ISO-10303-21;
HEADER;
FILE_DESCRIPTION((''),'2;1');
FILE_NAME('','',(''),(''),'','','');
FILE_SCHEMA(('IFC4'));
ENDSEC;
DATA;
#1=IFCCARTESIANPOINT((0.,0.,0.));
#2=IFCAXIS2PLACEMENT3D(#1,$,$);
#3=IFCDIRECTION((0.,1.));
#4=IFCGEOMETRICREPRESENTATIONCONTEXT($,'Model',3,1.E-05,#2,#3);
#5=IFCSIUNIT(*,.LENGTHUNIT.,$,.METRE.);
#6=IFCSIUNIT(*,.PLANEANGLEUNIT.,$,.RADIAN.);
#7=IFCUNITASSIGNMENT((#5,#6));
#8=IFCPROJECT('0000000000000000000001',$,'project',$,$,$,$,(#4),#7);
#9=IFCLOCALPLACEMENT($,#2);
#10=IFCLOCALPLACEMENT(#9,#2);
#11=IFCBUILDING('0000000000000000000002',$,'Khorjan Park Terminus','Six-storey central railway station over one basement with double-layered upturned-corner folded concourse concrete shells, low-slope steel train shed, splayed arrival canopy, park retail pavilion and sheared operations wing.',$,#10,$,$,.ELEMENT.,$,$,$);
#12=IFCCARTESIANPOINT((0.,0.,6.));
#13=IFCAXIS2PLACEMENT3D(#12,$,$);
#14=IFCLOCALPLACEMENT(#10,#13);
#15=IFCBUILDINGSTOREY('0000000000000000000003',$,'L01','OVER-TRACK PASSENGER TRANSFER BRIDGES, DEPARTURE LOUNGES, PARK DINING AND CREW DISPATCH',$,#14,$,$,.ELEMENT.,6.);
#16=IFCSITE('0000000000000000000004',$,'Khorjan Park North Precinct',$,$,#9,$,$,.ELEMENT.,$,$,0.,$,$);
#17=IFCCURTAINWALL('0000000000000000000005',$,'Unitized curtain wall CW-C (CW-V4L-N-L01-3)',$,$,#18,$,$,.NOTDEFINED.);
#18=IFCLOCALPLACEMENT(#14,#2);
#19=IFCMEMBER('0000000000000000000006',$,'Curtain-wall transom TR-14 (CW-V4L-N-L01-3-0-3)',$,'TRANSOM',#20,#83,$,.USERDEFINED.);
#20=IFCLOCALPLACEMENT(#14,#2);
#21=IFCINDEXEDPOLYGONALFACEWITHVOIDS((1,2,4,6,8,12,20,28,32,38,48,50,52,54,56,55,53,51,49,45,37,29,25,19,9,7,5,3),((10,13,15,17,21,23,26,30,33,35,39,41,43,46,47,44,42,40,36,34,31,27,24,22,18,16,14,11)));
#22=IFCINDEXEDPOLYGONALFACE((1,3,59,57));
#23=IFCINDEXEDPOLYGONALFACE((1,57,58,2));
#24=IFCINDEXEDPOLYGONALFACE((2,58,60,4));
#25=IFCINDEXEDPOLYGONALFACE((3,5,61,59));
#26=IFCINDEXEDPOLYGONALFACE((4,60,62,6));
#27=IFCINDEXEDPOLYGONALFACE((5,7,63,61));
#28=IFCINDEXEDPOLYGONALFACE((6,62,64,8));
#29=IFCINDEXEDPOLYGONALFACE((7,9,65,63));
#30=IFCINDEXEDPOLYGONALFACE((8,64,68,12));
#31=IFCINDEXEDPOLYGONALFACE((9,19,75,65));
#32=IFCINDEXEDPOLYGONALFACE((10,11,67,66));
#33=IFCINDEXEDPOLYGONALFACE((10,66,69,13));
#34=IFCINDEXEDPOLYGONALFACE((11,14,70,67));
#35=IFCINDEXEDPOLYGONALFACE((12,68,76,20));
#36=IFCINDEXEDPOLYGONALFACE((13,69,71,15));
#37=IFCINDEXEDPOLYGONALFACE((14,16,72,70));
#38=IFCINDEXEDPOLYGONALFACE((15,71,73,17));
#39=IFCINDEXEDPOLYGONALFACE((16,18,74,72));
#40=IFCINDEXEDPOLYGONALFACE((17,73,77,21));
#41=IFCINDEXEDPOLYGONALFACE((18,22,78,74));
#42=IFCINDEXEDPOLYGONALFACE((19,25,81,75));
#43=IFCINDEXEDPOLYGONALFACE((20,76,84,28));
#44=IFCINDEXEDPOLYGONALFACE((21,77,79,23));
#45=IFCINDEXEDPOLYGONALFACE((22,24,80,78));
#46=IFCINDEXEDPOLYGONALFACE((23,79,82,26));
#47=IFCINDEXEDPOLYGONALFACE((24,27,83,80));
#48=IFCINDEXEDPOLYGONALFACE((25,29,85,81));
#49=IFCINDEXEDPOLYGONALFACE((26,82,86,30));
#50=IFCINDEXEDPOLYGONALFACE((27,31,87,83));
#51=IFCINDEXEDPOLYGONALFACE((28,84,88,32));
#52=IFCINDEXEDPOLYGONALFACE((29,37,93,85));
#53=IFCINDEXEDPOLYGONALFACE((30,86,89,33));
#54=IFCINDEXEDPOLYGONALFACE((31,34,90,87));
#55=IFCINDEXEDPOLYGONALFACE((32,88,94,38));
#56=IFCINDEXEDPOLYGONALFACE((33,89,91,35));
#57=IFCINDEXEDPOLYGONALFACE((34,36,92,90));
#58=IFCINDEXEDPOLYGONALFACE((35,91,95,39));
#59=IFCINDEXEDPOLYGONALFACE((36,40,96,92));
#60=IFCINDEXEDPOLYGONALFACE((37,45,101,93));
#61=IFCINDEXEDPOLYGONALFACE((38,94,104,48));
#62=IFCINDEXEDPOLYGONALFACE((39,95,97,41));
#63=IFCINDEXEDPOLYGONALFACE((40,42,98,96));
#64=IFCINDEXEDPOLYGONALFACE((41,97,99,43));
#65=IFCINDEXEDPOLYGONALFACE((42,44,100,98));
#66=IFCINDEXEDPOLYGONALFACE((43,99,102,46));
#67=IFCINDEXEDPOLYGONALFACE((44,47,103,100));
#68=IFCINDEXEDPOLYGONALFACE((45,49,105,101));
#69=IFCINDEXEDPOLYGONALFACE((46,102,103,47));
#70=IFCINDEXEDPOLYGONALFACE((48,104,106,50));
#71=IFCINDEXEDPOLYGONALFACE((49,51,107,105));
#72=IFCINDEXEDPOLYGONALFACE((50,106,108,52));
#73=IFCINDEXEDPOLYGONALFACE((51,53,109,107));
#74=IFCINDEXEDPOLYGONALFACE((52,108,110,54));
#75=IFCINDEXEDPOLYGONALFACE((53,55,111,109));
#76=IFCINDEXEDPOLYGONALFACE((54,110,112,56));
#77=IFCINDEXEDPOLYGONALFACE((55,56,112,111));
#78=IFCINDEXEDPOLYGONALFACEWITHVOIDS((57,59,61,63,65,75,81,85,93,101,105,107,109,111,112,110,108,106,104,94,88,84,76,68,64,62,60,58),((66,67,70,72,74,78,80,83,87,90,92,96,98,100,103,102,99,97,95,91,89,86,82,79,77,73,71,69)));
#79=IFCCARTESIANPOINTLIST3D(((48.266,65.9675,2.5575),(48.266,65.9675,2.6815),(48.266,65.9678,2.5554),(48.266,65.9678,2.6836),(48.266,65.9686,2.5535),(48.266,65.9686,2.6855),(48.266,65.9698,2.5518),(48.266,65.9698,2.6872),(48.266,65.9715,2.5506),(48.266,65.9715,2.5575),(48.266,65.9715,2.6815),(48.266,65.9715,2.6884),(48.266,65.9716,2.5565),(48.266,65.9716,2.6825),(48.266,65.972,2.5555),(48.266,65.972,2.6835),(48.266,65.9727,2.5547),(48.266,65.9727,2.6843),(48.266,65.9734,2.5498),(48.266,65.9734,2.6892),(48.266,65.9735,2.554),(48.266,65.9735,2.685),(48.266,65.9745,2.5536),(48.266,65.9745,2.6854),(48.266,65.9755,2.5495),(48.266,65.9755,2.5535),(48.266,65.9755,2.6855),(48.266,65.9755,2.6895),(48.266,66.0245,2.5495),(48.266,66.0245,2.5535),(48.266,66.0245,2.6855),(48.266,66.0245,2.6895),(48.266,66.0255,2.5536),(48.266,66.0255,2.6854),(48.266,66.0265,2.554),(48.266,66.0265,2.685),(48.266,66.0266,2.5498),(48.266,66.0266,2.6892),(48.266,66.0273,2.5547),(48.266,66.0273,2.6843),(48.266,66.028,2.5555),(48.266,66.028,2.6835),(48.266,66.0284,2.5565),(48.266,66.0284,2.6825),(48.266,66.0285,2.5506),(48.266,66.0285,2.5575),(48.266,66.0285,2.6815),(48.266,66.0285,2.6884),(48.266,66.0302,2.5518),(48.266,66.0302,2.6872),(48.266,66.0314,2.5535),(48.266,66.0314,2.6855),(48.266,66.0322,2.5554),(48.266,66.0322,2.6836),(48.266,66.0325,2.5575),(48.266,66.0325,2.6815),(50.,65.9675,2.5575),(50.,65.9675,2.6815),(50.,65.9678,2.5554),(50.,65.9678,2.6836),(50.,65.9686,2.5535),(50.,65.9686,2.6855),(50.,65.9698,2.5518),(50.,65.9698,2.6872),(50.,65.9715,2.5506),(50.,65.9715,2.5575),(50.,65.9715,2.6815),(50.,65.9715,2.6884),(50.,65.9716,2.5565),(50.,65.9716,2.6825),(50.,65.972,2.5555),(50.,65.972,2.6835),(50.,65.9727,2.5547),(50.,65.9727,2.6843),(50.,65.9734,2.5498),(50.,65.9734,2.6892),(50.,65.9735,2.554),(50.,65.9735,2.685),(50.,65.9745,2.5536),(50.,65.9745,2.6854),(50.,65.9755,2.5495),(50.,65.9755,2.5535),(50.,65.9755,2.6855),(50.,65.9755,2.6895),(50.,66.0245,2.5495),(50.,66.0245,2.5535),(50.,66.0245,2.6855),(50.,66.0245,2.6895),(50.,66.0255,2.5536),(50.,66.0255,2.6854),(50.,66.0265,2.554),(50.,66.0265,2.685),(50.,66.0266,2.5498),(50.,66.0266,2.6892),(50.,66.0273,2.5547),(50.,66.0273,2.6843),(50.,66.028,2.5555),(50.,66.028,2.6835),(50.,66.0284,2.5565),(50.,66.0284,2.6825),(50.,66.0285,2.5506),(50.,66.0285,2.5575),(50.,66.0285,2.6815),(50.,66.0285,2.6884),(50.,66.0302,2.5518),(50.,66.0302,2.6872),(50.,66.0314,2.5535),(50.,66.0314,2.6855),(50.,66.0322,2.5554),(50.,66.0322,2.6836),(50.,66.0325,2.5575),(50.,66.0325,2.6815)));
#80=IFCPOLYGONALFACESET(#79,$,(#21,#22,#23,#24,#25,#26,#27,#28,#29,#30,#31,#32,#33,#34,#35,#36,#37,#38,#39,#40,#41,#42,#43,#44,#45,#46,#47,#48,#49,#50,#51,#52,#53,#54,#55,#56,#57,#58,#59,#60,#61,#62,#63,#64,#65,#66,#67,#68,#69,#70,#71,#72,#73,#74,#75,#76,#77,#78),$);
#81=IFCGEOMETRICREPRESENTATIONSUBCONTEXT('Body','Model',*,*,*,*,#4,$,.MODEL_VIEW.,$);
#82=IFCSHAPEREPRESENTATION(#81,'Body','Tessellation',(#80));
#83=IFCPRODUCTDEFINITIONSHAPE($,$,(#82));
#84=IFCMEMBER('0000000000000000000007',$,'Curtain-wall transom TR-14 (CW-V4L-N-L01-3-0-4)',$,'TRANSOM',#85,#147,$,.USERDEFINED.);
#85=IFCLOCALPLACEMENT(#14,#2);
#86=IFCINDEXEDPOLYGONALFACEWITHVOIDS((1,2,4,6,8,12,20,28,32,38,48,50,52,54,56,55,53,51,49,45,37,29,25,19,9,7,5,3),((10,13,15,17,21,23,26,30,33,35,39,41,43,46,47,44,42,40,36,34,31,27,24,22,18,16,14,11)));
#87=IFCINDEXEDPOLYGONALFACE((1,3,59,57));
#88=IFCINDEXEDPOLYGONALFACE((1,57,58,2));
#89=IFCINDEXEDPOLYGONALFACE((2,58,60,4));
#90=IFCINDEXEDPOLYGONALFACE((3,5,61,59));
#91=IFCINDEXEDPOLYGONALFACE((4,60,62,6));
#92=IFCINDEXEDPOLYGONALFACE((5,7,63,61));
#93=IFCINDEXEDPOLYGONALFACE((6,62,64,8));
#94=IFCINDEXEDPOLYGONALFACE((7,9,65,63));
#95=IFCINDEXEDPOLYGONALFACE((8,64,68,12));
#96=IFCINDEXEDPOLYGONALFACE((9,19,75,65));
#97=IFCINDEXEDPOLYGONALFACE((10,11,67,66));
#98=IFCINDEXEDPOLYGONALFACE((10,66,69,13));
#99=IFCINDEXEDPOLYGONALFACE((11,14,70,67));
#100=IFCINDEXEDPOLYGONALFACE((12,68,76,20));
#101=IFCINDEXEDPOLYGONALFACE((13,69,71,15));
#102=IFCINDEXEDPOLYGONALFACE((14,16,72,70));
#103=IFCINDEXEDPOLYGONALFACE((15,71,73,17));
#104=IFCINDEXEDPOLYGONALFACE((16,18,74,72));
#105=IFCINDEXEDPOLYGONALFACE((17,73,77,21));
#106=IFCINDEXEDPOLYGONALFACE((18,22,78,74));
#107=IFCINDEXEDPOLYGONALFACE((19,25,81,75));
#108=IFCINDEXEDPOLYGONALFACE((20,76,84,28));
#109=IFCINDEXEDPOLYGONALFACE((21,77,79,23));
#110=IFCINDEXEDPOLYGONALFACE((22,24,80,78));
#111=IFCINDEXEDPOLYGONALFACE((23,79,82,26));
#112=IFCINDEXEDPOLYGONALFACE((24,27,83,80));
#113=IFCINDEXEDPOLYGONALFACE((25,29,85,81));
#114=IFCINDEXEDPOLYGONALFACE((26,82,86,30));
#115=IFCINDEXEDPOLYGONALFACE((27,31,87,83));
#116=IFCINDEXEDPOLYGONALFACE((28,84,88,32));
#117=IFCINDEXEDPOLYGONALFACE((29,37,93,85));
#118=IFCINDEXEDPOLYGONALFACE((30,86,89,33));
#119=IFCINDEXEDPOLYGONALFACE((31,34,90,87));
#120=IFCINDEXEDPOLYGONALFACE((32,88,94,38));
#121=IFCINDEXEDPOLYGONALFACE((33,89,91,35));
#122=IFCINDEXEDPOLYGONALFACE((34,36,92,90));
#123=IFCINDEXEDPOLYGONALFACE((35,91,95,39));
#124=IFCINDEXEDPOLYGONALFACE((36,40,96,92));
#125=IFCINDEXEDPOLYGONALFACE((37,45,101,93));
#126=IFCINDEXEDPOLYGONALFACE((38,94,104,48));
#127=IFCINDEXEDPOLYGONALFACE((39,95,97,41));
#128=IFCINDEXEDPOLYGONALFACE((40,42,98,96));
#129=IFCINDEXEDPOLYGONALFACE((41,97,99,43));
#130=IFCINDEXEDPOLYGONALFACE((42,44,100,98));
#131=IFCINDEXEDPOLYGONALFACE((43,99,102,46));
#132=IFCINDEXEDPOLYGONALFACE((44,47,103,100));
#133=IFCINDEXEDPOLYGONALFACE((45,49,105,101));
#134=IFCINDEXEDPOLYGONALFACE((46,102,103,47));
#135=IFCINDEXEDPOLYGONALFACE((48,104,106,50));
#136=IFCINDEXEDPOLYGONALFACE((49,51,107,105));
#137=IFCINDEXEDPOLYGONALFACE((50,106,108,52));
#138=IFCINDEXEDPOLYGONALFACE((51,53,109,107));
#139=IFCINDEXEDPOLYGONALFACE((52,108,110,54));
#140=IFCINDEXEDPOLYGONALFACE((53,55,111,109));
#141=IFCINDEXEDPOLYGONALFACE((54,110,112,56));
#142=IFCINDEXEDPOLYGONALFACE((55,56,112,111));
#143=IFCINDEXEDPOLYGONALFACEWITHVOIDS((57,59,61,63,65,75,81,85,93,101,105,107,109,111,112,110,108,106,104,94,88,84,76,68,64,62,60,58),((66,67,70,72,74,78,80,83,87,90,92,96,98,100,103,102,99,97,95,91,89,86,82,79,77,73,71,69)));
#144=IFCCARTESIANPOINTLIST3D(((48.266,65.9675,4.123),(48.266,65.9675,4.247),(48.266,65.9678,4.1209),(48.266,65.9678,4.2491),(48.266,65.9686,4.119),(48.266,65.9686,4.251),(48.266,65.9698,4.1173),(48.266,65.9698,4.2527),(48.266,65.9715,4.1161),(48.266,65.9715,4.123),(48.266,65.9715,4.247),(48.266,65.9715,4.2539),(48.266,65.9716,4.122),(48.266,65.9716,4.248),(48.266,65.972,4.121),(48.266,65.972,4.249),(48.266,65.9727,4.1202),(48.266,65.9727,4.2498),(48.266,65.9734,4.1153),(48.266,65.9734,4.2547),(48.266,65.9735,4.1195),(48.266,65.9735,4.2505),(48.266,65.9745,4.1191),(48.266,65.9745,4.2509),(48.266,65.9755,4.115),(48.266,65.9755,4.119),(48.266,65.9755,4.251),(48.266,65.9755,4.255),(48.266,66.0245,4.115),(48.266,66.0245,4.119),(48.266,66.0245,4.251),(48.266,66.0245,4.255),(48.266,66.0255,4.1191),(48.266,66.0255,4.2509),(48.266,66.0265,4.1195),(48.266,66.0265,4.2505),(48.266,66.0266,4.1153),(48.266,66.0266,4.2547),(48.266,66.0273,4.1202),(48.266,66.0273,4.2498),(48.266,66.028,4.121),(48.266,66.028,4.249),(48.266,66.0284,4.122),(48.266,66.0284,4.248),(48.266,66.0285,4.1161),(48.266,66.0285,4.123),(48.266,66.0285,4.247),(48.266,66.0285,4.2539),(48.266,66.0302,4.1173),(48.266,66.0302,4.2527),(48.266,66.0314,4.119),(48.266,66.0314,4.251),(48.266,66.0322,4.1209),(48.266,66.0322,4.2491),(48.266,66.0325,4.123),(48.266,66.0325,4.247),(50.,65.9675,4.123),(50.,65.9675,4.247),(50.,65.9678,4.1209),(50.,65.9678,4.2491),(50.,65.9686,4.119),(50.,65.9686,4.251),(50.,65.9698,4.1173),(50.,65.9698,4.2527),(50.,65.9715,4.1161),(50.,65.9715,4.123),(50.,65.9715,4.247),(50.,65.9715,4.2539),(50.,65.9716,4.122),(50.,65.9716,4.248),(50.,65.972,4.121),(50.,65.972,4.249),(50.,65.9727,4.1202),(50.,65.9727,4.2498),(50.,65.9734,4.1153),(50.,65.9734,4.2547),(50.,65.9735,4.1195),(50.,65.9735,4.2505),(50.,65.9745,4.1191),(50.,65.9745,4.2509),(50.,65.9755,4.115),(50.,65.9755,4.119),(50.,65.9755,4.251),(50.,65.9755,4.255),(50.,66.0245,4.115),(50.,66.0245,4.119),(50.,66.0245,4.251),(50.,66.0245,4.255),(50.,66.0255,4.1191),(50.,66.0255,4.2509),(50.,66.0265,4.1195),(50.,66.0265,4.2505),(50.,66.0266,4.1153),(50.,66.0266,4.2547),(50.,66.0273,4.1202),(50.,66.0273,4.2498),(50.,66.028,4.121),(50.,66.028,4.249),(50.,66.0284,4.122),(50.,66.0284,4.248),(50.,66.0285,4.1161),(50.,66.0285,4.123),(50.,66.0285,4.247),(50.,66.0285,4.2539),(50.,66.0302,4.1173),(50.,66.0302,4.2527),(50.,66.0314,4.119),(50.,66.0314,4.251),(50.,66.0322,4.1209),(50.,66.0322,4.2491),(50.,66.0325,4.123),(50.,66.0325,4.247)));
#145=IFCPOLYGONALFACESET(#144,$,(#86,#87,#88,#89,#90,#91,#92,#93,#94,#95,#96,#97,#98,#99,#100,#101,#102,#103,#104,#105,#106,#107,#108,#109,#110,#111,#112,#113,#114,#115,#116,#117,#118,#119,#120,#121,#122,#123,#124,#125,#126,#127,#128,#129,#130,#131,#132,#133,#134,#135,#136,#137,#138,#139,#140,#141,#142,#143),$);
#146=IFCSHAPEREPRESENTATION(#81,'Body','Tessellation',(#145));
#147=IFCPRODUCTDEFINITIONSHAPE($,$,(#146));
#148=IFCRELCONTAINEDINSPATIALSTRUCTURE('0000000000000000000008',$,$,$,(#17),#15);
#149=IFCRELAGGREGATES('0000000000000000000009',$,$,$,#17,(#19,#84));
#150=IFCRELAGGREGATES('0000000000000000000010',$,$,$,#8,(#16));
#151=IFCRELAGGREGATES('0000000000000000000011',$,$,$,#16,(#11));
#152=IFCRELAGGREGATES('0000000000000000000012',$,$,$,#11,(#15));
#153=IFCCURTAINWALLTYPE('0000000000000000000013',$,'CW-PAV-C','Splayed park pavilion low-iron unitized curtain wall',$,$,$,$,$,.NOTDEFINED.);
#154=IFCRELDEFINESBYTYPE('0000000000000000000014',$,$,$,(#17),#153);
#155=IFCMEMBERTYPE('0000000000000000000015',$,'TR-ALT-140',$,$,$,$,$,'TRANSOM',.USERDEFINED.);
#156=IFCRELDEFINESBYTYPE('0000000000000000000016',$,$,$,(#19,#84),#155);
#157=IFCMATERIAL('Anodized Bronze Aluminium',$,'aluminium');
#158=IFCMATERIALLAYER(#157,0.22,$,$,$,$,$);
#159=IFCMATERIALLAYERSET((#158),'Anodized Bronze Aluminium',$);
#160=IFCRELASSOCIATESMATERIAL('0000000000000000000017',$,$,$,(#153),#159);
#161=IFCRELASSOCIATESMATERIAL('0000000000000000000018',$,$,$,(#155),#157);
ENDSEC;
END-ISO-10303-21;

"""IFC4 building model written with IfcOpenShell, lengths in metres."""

from ifc_helpers import new_model, si_unit, direction, frame, origin, origin_2d, place, context, subcontext, project, spatial, hollow_rectangle, extrude, material, layer, layer_set, material_profile, profile_set, type_object, element, aggregate, save


model = new_model("IFC4")

# Units and contexts
model_context = context("Model", 3, precision=1e-05, world=origin(), true_north=direction((0.0, 1.0)))
body_context = subcontext(model_context, "Body", "Model", "MODEL_VIEW")
ifc_project = project(units=[si_unit("LENGTHUNIT", "METRE"), si_unit("PLANEANGLEUNIT", "RADIAN")], contexts=[model_context])

# Site, building, storey
site_placement = place(None, origin())
site = spatial("IfcSite", under=ifc_project, at=site_placement, Name="Khorjan Park North Precinct", CompositionType="ELEMENT", RefElevation=0.0)
building_placement = place(site_placement, origin())
building = spatial("IfcBuilding", under=site, at=building_placement, Name="Khorjan Park Terminus", Description="Six-storey central railway station over one basement with double-layered upturned-corner folded concourse concrete shells, low-slope steel train shed, splayed arrival canopy, park retail pavilion and sheared operations wing.", CompositionType="ELEMENT")
storey_placement = place(building_placement, frame((0.0, 0.0, 6.0)))
storey = spatial("IfcBuildingStorey", under=building, at=storey_placement, Name="L01", Description="OVER-TRACK PASSENGER TRANSFER BRIDGES, DEPARTURE LOUNGES, PARK DINING AND CREW DISPATCH", CompositionType="ELEMENT", Elevation=6.0)

# Shared definitions
ifc_material_1 = material(Name="Anodized Bronze Aluminium", Category="aluminium")

# Curtain wall, members
ifc_layer_1 = layer(ifc_material_1, 0.22)
ifc_layer_set_1 = layer_set([ifc_layer_1], Name="Anodized Bronze Aluminium")
curtain_wall_type_1 = type_object("IfcCurtainWallType", Name="CW-PAV-C", Description="Splayed park pavilion low-iron unitized curtain wall", PredefinedType="NOTDEFINED", material=ifc_layer_set_1)
curtain_wall_1_placement = place(storey_placement, origin())
curtain_wall_1 = element("IfcCurtainWall", 1, at=curtain_wall_1_placement, inside=storey, type_object=curtain_wall_type_1, Name="Unitized curtain wall CW-C (CW-V4L-N-L01-3)", PredefinedType="NOTDEFINED")
ifc_material_profile_1 = material_profile(ifc_material_1, hollow_rectangle(XDim=0.065, YDim=0.14, WallThickness=0.004, InnerFilletRadius=0.004, OuterFilletRadius=0.008, at=origin_2d()), Name="ALT 65x140x4")
ifc_profile_set_1 = profile_set([ifc_material_profile_1], Name="Anodized Bronze Aluminium")
member_type_1 = type_object("IfcMemberType", Name="TR-ALT-140", ElementType="TRANSOM", PredefinedType="USERDEFINED", material=ifc_profile_set_1)
member_1_placement = place(storey_placement, frame((50.0, 66.0, 2.6195), z_axis=(-1.0, 0.0, 0.0), x_axis=(0.0, -1.0, 0.0)))
member_1 = element("IfcMember", 2, at=member_1_placement, type_object=member_type_1, Name="Curtain-wall transom TR-14 (CW-V4L-N-L01-3-0-3)", ObjectType="TRANSOM", PredefinedType="USERDEFINED", context=body_context, shape_type="SweptSolid", body=[
    extrude(hollow_rectangle(XDim=0.065, YDim=0.14, WallThickness=0.004, InnerFilletRadius=0.004, OuterFilletRadius=0.008, at=origin_2d()), origin(), (0.0, 0.0, 1.0), 1.734),
])
member_2_placement = place(storey_placement, frame((50.0, 66.0, 4.185), z_axis=(-1.0, 0.0, 0.0), x_axis=(0.0, -1.0, 0.0)))
member_2 = element("IfcMember", 3, at=member_2_placement, type_object=member_type_1, Name="Curtain-wall transom TR-14 (CW-V4L-N-L01-3-0-4)", ObjectType="TRANSOM", PredefinedType="USERDEFINED", context=body_context, shape_type="SweptSolid", body=[
    extrude(hollow_rectangle(XDim=0.065, YDim=0.14, WallThickness=0.004, InnerFilletRadius=0.004, OuterFilletRadius=0.008, at=origin_2d()), origin(), (0.0, 0.0, 1.0), 1.734),
])
aggregate(curtain_wall_1, [member_1, member_2])

save(model, "model.ifc")
